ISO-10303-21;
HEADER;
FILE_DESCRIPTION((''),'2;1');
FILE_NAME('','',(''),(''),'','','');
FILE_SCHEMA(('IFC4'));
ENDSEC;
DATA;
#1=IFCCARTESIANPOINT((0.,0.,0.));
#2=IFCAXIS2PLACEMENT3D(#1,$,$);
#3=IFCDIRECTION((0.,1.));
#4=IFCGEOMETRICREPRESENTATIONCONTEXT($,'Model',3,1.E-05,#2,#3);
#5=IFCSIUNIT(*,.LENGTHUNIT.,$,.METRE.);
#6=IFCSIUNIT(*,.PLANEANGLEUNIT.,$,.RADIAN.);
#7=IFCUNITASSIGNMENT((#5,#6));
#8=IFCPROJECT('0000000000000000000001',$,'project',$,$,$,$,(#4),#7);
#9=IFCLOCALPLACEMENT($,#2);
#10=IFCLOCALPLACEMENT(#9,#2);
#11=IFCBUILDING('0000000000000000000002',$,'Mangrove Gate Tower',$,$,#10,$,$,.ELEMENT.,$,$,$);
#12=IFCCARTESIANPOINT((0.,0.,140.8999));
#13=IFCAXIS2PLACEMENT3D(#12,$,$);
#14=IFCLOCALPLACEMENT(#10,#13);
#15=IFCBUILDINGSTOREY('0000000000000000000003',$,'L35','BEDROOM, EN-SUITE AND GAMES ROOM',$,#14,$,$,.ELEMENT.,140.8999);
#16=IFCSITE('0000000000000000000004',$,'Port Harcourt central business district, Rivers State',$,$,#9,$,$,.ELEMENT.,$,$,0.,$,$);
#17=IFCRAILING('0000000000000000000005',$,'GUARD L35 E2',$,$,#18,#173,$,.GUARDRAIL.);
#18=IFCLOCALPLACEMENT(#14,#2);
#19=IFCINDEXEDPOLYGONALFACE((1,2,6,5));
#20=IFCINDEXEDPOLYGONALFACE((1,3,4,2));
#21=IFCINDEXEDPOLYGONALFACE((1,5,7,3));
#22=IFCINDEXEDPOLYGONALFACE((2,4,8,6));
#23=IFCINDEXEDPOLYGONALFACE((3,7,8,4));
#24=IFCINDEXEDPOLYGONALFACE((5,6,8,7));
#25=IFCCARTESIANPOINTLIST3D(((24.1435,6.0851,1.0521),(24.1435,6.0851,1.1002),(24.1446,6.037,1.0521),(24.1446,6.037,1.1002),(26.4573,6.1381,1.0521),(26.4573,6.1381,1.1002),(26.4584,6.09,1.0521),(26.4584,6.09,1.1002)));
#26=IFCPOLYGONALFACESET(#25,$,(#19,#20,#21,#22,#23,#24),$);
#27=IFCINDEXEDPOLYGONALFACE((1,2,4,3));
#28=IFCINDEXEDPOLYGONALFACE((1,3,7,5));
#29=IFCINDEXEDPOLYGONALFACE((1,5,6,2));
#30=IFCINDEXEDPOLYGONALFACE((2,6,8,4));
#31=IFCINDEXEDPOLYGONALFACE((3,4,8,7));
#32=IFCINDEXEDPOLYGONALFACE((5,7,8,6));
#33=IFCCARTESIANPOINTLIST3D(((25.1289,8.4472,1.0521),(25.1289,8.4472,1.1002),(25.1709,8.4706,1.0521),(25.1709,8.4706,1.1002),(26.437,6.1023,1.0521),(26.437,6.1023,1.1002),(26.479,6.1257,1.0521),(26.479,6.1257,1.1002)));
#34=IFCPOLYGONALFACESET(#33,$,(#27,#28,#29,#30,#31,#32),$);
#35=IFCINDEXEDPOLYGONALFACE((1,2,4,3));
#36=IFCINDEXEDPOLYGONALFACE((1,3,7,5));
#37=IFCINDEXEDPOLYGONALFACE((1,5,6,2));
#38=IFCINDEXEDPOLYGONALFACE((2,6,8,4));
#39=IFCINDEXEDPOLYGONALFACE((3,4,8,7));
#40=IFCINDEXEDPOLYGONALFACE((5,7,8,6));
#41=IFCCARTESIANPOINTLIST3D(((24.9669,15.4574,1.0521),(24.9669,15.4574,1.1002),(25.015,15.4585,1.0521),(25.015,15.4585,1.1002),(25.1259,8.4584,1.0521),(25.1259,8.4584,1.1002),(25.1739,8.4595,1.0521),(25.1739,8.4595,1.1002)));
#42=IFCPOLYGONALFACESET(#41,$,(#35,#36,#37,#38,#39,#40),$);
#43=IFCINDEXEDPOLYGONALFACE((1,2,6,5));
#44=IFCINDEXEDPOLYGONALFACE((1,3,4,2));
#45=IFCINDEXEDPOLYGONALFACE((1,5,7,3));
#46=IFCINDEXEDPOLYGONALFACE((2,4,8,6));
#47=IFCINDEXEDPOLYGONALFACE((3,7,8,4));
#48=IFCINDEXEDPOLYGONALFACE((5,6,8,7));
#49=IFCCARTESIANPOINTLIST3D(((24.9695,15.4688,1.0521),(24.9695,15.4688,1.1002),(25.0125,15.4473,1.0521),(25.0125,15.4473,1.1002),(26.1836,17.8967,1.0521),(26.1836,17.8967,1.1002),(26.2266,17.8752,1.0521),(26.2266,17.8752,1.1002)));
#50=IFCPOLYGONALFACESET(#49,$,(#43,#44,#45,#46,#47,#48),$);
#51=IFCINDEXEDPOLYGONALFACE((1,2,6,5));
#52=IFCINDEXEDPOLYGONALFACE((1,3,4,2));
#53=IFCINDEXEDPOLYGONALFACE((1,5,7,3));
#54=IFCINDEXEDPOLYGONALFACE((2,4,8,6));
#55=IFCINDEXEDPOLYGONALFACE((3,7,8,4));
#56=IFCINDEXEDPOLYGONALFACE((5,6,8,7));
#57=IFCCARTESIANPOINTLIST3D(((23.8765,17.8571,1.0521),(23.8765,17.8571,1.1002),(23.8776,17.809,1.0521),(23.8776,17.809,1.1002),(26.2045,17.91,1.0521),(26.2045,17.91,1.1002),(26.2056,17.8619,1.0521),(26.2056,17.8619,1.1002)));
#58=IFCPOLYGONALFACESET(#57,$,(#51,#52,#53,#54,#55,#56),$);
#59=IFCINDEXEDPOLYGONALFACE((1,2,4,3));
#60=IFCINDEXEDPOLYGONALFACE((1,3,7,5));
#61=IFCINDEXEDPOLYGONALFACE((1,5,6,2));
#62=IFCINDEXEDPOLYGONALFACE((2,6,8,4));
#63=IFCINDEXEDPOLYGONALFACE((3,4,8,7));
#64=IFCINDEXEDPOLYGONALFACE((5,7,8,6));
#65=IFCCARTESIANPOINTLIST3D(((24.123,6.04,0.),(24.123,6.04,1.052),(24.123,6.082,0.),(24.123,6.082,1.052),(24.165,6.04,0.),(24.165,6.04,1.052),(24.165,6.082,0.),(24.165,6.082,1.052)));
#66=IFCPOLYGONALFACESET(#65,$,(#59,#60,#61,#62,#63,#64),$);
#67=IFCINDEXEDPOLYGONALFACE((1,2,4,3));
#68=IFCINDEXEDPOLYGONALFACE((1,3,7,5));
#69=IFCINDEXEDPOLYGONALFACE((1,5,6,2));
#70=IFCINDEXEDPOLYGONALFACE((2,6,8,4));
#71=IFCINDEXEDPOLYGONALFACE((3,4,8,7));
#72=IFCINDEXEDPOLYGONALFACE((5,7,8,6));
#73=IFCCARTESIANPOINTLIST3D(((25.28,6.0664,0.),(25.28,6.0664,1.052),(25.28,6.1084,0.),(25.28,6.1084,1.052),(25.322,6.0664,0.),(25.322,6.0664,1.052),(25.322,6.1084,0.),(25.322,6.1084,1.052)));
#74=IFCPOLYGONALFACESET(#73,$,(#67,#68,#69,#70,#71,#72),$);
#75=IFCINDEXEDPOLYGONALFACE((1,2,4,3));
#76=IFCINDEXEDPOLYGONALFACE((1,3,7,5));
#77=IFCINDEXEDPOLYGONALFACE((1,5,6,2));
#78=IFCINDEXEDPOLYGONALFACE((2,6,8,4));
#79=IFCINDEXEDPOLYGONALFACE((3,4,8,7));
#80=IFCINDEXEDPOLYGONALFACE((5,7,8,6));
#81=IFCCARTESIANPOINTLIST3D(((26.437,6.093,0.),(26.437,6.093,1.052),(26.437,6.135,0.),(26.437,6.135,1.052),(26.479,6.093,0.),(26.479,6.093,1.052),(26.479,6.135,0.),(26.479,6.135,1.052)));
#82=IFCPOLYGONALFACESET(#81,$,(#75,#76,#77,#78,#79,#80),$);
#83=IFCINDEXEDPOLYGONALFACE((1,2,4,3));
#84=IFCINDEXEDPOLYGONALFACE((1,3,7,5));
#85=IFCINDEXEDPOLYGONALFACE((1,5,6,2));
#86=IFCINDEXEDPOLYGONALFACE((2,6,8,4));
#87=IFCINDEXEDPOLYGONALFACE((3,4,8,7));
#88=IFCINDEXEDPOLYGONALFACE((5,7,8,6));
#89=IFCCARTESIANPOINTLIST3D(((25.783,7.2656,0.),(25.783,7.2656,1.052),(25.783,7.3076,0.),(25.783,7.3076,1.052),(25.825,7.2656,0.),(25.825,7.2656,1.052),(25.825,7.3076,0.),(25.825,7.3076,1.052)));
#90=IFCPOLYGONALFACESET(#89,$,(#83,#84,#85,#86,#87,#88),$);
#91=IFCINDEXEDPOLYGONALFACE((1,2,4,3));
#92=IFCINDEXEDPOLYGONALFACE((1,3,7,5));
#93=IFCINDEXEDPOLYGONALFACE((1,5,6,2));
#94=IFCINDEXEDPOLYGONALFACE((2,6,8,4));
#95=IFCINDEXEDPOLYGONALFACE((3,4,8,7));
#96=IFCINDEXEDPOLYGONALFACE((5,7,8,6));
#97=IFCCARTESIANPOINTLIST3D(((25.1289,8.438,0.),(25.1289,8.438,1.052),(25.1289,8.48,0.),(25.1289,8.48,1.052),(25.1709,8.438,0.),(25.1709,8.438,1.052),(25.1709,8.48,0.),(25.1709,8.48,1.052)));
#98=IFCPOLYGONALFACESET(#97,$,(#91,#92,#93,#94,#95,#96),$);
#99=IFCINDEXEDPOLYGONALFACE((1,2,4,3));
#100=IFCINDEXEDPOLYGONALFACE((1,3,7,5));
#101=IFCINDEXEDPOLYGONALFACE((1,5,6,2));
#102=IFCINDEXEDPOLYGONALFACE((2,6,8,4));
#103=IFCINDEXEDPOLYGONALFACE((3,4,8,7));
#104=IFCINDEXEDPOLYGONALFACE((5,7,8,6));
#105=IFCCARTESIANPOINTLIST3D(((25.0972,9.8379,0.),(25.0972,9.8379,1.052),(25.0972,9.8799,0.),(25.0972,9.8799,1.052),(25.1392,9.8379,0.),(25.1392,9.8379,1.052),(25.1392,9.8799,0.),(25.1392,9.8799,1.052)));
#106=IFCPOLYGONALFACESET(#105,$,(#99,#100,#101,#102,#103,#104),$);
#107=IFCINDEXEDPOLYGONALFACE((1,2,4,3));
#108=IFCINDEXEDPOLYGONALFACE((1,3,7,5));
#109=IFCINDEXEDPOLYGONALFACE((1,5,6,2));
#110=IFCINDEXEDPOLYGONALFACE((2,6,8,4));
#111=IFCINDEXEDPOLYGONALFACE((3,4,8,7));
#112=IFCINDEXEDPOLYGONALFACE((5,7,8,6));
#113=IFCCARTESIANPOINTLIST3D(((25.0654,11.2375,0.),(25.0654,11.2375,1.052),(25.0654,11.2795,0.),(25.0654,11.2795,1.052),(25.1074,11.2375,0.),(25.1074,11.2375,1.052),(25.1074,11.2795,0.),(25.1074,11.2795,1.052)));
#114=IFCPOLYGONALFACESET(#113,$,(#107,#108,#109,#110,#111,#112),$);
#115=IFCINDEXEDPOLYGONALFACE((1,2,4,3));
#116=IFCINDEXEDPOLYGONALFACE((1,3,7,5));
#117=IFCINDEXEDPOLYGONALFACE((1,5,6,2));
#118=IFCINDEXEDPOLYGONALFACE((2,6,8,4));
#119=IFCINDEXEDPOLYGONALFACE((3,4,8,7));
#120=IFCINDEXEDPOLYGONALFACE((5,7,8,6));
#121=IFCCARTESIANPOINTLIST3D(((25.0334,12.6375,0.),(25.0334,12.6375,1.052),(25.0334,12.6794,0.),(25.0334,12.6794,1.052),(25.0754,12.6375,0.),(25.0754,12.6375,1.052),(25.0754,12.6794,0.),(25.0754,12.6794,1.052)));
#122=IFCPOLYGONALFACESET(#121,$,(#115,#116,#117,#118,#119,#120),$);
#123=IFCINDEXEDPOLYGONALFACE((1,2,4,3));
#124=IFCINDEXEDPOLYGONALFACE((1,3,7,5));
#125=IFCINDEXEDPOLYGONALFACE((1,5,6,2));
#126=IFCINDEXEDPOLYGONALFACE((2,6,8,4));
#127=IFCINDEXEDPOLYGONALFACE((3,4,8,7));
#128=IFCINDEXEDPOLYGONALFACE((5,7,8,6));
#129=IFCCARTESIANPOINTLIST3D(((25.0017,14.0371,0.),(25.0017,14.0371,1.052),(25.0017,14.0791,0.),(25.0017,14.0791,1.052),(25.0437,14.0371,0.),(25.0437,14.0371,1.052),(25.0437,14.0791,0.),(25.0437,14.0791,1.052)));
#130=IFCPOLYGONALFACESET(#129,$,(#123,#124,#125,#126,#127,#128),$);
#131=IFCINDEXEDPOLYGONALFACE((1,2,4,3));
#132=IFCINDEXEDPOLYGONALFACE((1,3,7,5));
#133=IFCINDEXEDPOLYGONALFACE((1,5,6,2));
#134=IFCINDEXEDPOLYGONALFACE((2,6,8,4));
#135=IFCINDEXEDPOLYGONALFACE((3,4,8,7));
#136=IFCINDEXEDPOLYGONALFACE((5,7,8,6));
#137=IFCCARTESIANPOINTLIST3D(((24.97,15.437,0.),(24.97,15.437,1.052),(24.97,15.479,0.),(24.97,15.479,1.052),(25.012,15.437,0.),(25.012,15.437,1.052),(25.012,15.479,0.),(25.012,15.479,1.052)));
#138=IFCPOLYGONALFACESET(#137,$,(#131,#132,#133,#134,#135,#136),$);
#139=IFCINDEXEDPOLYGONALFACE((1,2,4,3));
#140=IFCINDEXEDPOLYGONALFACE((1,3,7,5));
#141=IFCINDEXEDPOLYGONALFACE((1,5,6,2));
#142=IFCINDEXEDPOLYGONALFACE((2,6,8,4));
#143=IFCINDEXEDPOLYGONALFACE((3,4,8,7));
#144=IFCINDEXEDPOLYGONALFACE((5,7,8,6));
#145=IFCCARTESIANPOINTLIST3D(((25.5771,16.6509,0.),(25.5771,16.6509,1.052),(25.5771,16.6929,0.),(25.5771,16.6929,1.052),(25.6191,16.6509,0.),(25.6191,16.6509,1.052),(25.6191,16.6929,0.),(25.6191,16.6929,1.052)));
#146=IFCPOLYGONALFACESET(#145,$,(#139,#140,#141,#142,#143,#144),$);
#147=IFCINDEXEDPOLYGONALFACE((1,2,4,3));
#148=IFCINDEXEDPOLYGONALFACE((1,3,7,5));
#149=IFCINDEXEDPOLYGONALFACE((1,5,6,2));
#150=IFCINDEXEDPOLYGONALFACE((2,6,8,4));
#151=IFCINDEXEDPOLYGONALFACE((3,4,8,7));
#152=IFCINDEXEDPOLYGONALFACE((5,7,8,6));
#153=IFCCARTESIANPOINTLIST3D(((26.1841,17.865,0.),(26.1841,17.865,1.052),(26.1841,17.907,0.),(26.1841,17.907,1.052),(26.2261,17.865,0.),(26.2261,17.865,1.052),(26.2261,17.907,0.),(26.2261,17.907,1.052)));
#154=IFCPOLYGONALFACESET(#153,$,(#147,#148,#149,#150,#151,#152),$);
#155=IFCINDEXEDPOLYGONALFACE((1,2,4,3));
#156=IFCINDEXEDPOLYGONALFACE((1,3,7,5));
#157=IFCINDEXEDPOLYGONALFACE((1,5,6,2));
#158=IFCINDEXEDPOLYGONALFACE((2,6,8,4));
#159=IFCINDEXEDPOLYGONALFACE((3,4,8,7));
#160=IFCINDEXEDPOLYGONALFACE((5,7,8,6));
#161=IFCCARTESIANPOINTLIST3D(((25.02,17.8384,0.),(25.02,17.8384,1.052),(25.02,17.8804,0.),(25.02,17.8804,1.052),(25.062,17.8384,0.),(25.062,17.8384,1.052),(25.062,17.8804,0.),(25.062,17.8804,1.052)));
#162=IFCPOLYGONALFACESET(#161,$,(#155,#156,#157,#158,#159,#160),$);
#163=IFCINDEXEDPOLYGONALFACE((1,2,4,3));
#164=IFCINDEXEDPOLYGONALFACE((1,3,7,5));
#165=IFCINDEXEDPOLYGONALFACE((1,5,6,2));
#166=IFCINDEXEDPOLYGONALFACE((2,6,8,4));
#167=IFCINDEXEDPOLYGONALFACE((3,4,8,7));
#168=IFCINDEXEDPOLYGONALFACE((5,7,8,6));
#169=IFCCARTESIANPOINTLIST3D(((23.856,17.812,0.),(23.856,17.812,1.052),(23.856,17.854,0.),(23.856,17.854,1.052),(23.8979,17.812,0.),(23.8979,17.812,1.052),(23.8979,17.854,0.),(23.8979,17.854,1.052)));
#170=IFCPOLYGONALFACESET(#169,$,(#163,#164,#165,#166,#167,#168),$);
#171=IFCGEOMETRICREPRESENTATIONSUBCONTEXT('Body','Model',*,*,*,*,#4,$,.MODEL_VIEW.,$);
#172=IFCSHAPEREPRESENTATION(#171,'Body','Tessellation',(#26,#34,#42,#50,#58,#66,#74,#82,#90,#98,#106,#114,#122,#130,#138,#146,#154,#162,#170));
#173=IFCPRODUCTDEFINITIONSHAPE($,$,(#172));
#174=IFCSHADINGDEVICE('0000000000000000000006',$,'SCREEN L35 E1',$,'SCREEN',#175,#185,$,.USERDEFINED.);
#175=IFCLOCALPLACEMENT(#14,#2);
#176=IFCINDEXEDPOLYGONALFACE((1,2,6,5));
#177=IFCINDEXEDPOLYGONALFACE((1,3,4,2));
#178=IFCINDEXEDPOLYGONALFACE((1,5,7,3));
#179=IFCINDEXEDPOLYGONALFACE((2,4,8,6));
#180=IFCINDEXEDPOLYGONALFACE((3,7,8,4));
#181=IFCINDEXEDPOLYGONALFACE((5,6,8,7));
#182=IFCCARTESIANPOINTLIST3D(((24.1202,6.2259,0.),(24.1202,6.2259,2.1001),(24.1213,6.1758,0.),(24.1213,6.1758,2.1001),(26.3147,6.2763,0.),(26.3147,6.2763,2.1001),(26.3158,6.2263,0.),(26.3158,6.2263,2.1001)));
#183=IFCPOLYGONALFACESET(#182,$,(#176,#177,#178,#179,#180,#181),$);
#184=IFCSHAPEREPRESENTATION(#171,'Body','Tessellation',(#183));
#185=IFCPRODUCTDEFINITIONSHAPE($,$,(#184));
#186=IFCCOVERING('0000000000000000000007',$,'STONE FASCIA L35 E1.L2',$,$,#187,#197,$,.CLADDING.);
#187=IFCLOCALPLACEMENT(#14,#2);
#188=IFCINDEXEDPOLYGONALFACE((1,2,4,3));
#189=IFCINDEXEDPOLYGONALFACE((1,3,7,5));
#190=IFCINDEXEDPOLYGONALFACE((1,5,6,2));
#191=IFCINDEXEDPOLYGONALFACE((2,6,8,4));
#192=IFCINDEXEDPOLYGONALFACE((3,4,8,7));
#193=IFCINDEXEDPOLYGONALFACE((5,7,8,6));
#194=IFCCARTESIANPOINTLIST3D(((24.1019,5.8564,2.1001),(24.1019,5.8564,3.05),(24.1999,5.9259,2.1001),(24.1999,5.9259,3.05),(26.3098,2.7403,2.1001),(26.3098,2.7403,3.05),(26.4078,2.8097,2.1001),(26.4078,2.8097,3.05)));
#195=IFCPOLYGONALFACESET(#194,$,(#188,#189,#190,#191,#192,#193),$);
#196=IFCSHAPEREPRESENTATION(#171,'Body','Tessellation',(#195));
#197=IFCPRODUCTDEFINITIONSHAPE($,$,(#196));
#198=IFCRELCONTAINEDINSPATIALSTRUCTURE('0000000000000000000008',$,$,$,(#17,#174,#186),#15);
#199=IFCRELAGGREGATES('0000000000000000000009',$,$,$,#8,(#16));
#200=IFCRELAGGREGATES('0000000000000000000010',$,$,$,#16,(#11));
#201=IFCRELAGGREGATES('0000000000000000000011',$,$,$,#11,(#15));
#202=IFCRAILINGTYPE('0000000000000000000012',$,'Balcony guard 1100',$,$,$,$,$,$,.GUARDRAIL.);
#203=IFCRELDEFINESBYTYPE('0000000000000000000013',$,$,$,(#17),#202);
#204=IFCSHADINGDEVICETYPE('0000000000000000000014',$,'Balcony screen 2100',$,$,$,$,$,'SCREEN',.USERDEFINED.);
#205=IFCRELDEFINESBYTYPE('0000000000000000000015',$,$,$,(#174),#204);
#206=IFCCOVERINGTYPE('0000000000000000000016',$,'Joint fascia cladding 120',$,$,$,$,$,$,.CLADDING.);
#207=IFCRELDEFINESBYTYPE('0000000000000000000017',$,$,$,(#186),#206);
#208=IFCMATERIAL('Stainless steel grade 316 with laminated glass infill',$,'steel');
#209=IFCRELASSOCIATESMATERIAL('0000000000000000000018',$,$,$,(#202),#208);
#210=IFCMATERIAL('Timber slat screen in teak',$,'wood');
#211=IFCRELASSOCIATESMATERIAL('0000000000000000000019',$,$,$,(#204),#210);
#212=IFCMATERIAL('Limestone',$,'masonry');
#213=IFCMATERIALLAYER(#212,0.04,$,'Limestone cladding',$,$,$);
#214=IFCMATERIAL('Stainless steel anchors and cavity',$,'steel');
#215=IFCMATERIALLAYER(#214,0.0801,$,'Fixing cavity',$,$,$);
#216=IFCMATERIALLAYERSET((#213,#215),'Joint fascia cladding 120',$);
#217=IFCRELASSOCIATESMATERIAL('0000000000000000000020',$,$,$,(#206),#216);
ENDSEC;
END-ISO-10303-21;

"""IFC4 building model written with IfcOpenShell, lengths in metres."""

from ifc_helpers import new_model, si_unit, direction, frame, frame_2d, origin, origin_2d, place, context, subcontext, project, spatial, rectangle, extrude, material, layer, layer_set, type_object, element, save


model = new_model("IFC4")

# Units and contexts
model_context = context("Model", 3, precision=1e-05, world=origin(), true_north=direction((0.0, 1.0)))
body_context = subcontext(model_context, "Body", "Model", "MODEL_VIEW")
ifc_project = project(units=[si_unit("LENGTHUNIT", "METRE"), si_unit("PLANEANGLEUNIT", "RADIAN")], contexts=[model_context])

# Site, building, storey
site_placement = place(None, origin())
site = spatial("IfcSite", under=ifc_project, at=site_placement, Name="Port Harcourt central business district, Rivers State", CompositionType="ELEMENT", RefElevation=0.0)
building_placement = place(site_placement, origin())
building = spatial("IfcBuilding", under=site, at=building_placement, Name="Mangrove Gate Tower", CompositionType="ELEMENT")
storey_placement = place(building_placement, frame((0.0, 0.0, 140.8999)))
storey = spatial("IfcBuildingStorey", under=building, at=storey_placement, Name="L35", Description="BEDROOM, EN-SUITE AND GAMES ROOM", CompositionType="ELEMENT", Elevation=140.8999)

# Shared definitions
ifc_material_1 = material(Name="Limestone", Category="masonry")

# Railing
ifc_material_2 = material(Name="Stainless steel grade 316 with laminated glass infill", Category="steel")
railing_type = type_object("IfcRailingType", Name="Balcony guard 1100", PredefinedType="GUARDRAIL", material=ifc_material_2)
railing_placement = place(storey_placement, frame((24.144, 6.061, 0.0)))
element("IfcRailing", 1, at=railing_placement, inside=storey, type_object=railing_type, Name="GUARD L35 E2", PredefinedType="GUARDRAIL", context=body_context, shape_type="SweptSolid", body=[
    extrude(rectangle(XDim=0.0481, YDim=0.0481, at=origin_2d()), frame((0.0, 0.0, 1.0762), z_axis=(0.999738, 0.022889, 0.0), x_axis=(-0.022889, 0.999738, 0.0)), (0.0, 0.0, 1.0), 2.3145),
    extrude(rectangle(XDim=0.0481, YDim=0.0481, at=origin_2d()), frame((2.314, 0.053, 1.0762), z_axis=(-0.487163, 0.873311, 0.0), x_axis=(-0.873311, -0.487163, 0.0)), (0.0, 0.0, 1.0), 2.6851),
    extrude(rectangle(XDim=0.0481, YDim=0.0481, at=origin_2d()), frame((1.0059, 2.3979, 1.0762), z_axis=(-0.022702, 0.999742, 0.0), x_axis=(-0.999742, -0.022702, 0.0)), (0.0, 0.0, 1.0), 7.0007),
    extrude(rectangle(XDim=0.0481, YDim=0.0481, at=origin_2d()), frame((0.8469, 9.397, 1.0762), z_axis=(0.44725, 0.894409, 0.0), x_axis=(-0.894409, 0.44725, 0.0)), (0.0, 0.0, 1.0), 2.7146),
    extrude(rectangle(XDim=0.0481, YDim=0.0481, at=origin_2d()), frame((2.061, 11.825, 1.0762), z_axis=(-0.999741, -0.02275, 0.0), x_axis=(0.02275, -0.999741, 0.0)), (0.0, 0.0, 1.0), 2.3286),
    extrude(rectangle(XDim=0.042, YDim=0.042, at=origin_2d()), origin(), (0.0, 0.0, 1.0), 1.052),
    extrude(rectangle(XDim=0.042, YDim=0.042, at=origin_2d()), frame((1.157, 0.0264, 0.0)), (0.0, 0.0, 1.0), 1.052),
    extrude(rectangle(XDim=0.042, YDim=0.042, at=origin_2d()), frame((2.314, 0.053, 0.0)), (0.0, 0.0, 1.0), 1.052),
    extrude(rectangle(XDim=0.042, YDim=0.042, at=origin_2d()), frame((1.6599, 1.2256, 0.0)), (0.0, 0.0, 1.0), 1.052),
    extrude(rectangle(XDim=0.042, YDim=0.042, at=origin_2d()), frame((1.0059, 2.3979, 0.0)), (0.0, 0.0, 1.0), 1.052),
    extrude(rectangle(XDim=0.042, YDim=0.042, at=origin_2d()), frame((0.9741, 3.7979, 0.0)), (0.0, 0.0, 1.0), 1.052),
    extrude(rectangle(XDim=0.042, YDim=0.042, at=origin_2d()), frame((0.9424, 5.1975, 0.0)), (0.0, 0.0, 1.0), 1.052),
    extrude(rectangle(XDim=0.042, YDim=0.042, at=origin_2d()), frame((0.9104, 6.5974, 0.0)), (0.0, 0.0, 1.0), 1.052),
    extrude(rectangle(XDim=0.042, YDim=0.042, at=origin_2d()), frame((0.8787, 7.9971, 0.0)), (0.0, 0.0, 1.0), 1.052),
    extrude(rectangle(XDim=0.042, YDim=0.042, at=origin_2d()), frame((0.8469, 9.397, 0.0)), (0.0, 0.0, 1.0), 1.052),
    extrude(rectangle(XDim=0.042, YDim=0.042, at=origin_2d()), frame((1.4541, 10.6108, 0.0)), (0.0, 0.0, 1.0), 1.052),
    extrude(rectangle(XDim=0.042, YDim=0.042, at=origin_2d()), frame((2.061, 11.825, 0.0)), (0.0, 0.0, 1.0), 1.052),
    extrude(rectangle(XDim=0.042, YDim=0.042, at=origin_2d()), frame((0.897, 11.7983, 0.0)), (0.0, 0.0, 1.0), 1.052),
    extrude(rectangle(XDim=0.042, YDim=0.042, at=origin_2d()), frame((-0.2671, 11.772, 0.0)), (0.0, 0.0, 1.0), 1.052),
])

# Shading device
ifc_material_3 = material(Name="Timber slat screen in teak", Category="wood")
shading_device_type = type_object("IfcShadingDeviceType", Name="Balcony screen 2100", ElementType="SCREEN", PredefinedType="USERDEFINED", material=ifc_material_3)
shading_device_placement = place(storey_placement, frame((25.218, 6.2261, 0.0), z_axis=(0.0, 0.0, 1.0), x_axis=(0.999736, 0.022967, 0.0)))
element("IfcShadingDevice", 2, at=shading_device_placement, inside=storey, type_object=shading_device_type, Name="SCREEN L35 E1", ObjectType="SCREEN", PredefinedType="USERDEFINED", context=body_context, shape_type="SweptSolid", body=[
    extrude(rectangle(XDim=2.1951, YDim=0.05, at=origin_2d()), origin(), (0.0, 0.0, 1.0), 2.1001),
])

# Covering
ifc_layer_1 = layer(ifc_material_1, 0.04, Name="Limestone cladding")
ifc_material_4 = material(Name="Stainless steel anchors and cavity", Category="steel")
ifc_layer_2 = layer(ifc_material_4, 0.0801, Name="Fixing cavity")
ifc_layer_set_1 = layer_set([ifc_layer_1, ifc_layer_2], Name="Joint fascia cladding 120")
covering_type = type_object("IfcCoveringType", Name="Joint fascia cladding 120", PredefinedType="CLADDING", material=ifc_layer_set_1)
covering_placement = place(storey_placement, frame((26.3589, 2.7749, 2.1001), z_axis=(0.0, 0.0, 1.0), x_axis=(-0.578138, 0.815939, 0.0)))
element("IfcCovering", 3, at=covering_placement, inside=storey, type_object=covering_type, Name="STONE FASCIA L35 E1.L2", PredefinedType="CLADDING", context=body_context, shape_type="SweptSolid", body=[
    extrude(rectangle(XDim=3.8191, YDim=0.1201, at=frame_2d((1.9097, 0.0))), origin(), (0.0, 0.0, 1.0), 0.95),
])

save(model, "model.ifc")
